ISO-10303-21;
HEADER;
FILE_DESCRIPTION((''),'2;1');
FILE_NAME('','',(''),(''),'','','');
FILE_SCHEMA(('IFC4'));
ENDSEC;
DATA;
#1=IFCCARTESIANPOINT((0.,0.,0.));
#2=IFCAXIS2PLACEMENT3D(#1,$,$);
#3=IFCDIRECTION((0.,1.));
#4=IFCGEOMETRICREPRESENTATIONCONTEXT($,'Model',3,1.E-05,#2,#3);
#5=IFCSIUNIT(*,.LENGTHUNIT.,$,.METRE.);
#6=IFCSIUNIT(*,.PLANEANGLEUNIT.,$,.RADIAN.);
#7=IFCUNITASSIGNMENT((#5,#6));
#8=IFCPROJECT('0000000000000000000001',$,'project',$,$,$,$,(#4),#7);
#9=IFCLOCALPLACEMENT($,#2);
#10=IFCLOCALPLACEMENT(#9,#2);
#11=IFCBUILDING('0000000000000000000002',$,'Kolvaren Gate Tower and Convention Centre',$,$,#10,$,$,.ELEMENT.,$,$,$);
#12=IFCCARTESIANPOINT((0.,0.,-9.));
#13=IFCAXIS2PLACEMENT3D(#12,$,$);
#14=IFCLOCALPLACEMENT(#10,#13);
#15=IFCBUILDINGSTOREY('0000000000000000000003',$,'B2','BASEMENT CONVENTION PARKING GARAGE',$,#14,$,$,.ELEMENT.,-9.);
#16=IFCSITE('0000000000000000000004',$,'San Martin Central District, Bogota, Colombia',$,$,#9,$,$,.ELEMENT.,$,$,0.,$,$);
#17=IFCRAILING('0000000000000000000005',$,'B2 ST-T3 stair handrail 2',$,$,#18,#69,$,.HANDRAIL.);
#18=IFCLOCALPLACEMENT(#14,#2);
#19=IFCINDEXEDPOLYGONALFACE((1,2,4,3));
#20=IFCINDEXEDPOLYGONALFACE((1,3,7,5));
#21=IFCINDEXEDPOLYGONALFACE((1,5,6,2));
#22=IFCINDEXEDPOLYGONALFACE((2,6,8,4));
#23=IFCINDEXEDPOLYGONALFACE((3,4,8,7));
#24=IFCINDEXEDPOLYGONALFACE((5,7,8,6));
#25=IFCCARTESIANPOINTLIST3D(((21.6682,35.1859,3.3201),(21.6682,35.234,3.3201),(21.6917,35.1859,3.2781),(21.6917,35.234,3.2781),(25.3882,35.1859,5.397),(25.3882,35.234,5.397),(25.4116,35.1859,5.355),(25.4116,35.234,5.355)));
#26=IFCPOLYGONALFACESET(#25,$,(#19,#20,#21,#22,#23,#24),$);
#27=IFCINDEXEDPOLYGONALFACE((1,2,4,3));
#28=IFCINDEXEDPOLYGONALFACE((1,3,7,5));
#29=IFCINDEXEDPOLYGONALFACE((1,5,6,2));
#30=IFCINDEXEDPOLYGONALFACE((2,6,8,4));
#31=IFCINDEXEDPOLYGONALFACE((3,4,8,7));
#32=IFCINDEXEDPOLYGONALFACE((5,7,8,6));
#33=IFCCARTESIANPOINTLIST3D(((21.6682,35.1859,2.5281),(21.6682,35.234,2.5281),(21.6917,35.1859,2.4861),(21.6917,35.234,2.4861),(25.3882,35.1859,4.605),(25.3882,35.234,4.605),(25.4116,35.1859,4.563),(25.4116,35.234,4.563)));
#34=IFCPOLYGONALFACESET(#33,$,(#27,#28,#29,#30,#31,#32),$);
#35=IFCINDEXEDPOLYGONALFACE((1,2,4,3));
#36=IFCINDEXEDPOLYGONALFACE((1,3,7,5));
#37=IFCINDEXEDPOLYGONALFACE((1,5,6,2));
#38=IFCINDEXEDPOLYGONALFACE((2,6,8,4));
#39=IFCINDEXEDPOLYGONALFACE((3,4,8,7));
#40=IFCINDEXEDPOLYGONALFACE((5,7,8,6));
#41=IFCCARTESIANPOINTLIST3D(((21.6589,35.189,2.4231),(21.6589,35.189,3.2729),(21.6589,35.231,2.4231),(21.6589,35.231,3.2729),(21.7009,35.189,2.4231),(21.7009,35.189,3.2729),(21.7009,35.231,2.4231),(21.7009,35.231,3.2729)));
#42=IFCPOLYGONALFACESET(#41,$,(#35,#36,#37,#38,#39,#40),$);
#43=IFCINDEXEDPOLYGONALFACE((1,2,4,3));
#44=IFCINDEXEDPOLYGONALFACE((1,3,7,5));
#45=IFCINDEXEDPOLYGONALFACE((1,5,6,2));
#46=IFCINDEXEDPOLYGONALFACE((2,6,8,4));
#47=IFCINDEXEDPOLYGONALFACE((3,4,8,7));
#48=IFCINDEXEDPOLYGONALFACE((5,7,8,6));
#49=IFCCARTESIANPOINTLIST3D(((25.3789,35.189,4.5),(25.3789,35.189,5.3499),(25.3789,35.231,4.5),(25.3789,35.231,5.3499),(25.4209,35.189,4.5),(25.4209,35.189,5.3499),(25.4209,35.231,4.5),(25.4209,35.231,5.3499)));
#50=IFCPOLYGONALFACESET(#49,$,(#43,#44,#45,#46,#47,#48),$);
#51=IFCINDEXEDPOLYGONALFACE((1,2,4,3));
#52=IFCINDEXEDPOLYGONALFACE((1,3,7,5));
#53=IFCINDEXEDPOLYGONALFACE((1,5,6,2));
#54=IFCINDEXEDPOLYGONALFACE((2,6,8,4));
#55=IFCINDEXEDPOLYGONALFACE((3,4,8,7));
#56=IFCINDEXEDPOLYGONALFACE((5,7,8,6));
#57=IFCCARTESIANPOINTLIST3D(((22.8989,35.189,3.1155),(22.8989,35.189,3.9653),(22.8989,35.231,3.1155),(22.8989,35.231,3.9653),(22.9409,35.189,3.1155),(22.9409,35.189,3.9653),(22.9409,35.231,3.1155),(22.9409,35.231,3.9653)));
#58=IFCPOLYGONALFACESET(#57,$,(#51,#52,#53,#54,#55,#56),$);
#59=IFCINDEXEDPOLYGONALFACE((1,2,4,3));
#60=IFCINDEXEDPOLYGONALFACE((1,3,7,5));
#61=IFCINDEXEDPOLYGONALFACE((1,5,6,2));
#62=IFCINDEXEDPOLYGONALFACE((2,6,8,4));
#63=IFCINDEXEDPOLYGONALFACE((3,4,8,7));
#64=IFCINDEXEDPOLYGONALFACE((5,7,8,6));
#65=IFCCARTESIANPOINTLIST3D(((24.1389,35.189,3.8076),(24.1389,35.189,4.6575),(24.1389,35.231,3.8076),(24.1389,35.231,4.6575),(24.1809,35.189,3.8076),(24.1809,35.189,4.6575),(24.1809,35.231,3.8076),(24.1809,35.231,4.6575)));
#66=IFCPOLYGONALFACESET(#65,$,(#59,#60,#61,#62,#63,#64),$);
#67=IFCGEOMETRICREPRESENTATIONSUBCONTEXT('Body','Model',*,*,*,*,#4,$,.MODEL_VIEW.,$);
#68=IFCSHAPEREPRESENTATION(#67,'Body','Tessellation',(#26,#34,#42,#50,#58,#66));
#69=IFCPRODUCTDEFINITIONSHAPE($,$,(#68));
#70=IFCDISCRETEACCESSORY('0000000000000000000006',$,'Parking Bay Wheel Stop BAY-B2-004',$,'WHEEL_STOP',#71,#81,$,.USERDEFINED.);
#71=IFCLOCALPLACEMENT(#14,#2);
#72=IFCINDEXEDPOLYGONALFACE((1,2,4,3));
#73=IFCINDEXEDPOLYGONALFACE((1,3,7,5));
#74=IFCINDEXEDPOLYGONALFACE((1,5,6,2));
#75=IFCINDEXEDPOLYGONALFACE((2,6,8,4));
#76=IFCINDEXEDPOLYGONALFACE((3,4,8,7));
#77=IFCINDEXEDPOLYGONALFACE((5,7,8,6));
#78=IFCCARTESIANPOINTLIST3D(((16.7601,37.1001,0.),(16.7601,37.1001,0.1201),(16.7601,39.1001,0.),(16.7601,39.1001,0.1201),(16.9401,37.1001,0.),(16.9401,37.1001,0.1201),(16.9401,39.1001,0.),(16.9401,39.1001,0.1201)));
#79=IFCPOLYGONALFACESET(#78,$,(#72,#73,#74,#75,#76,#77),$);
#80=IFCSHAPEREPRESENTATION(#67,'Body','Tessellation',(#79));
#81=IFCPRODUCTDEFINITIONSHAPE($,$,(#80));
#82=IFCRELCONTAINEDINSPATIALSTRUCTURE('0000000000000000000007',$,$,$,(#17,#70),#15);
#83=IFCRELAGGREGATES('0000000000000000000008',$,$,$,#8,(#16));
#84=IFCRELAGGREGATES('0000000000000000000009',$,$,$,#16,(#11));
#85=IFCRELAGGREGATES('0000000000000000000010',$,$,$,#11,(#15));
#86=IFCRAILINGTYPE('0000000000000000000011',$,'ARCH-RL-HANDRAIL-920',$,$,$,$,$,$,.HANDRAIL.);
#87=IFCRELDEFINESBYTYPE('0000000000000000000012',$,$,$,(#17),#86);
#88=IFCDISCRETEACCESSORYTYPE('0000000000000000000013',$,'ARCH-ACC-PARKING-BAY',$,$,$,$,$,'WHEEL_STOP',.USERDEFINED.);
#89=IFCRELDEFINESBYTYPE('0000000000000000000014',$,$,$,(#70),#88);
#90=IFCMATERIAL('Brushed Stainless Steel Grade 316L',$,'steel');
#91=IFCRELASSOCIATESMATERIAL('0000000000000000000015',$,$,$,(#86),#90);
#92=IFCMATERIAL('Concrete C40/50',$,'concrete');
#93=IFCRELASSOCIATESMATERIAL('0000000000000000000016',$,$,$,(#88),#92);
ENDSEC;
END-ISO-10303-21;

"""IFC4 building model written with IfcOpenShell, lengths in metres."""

from ifc_helpers import new_model, si_unit, direction, frame, origin, origin_2d, place, context, subcontext, project, spatial, rectangle, extrude, material, type_object, element, save


model = new_model("IFC4")

# Units and contexts
model_context = context("Model", 3, precision=1e-05, world=origin(), true_north=direction((0.0, 1.0)))
body_context = subcontext(model_context, "Body", "Model", "MODEL_VIEW")
ifc_project = project(units=[si_unit("LENGTHUNIT", "METRE"), si_unit("PLANEANGLEUNIT", "RADIAN")], contexts=[model_context])

# Site, building, storey
site_placement = place(None, origin())
site = spatial("IfcSite", under=ifc_project, at=site_placement, Name="San Martin Central District, Bogota, Colombia", CompositionType="ELEMENT", RefElevation=0.0)
building_placement = place(site_placement, origin())
building = spatial("IfcBuilding", under=site, at=building_placement, Name="Kolvaren Gate Tower and Convention Centre", CompositionType="ELEMENT")
storey_placement = place(building_placement, frame((0.0, 0.0, -9.0)))
storey = spatial("IfcBuildingStorey", under=building, at=storey_placement, Name="B2", Description="BASEMENT CONVENTION PARKING GARAGE", CompositionType="ELEMENT", Elevation=-9.0)

# Railing
ifc_material_1 = material(Name="Brushed Stainless Steel Grade 316L", Category="steel")
railing_type_1 = type_object("IfcRailingType", Name="ARCH-RL-HANDRAIL-920", PredefinedType="HANDRAIL", material=ifc_material_1)
railing_1_placement = place(storey_placement, frame((21.6799, 35.21, 2.4231)))
element("IfcRailing", 1, at=railing_1_placement, inside=storey, type_object=railing_type_1, Name="B2 ST-T3 stair handrail 2", PredefinedType="HANDRAIL", context=body_context, shape_type="SweptSolid", body=[
    extrude(rectangle(XDim=0.0481, YDim=0.0481, at=origin_2d()), frame((0.0, 0.0, 0.876), z_axis=(0.873134, 0.0, 0.487481), x_axis=(0.0, 1.0, 0.0)), (0.0, 0.0, 1.0), 4.2605),
    extrude(rectangle(XDim=0.0481, YDim=0.0481, at=origin_2d()), frame((0.0, 0.0, 0.084), z_axis=(0.873134, 0.0, 0.487481), x_axis=(0.0, 1.0, 0.0)), (0.0, 0.0, 1.0), 4.2605),
    extrude(rectangle(XDim=0.042, YDim=0.042, at=origin_2d()), origin(), (0.0, 0.0, 1.0), 0.8499),
    extrude(rectangle(XDim=0.042, YDim=0.042, at=origin_2d()), frame((3.72, 0.0, 2.0769)), (0.0, 0.0, 1.0), 0.8499),
    extrude(rectangle(XDim=0.042, YDim=0.042, at=origin_2d()), frame((1.24, 0.0, 0.6924)), (0.0, 0.0, 1.0), 0.8499),
    extrude(rectangle(XDim=0.042, YDim=0.042, at=origin_2d()), frame((2.48, 0.0, 1.3845)), (0.0, 0.0, 1.0), 0.8499),
])

# Discrete accessory
ifc_material_2 = material(Name="Concrete C40/50", Category="concrete")
discrete_accessory_type = type_object("IfcDiscreteAccessoryType", Name="ARCH-ACC-PARKING-BAY", ElementType="WHEEL_STOP", PredefinedType="USERDEFINED", material=ifc_material_2)
discrete_accessory_placement = place(storey_placement, frame((16.8501, 38.1001, 0.0), z_axis=(0.0, 0.0, 1.0), x_axis=(0.0, 1.0, 0.0)))
element("IfcDiscreteAccessory", 2, at=discrete_accessory_placement, inside=storey, type_object=discrete_accessory_type, Name="Parking Bay Wheel Stop BAY-B2-004", ObjectType="WHEEL_STOP", PredefinedType="USERDEFINED", context=body_context, shape_type="SweptSolid", body=[
    extrude(rectangle(XDim=2.0, YDim=0.1799, at=origin_2d()), origin(), (0.0, 0.0, 1.0), 0.1201),
])

save(model, "model.ifc")
